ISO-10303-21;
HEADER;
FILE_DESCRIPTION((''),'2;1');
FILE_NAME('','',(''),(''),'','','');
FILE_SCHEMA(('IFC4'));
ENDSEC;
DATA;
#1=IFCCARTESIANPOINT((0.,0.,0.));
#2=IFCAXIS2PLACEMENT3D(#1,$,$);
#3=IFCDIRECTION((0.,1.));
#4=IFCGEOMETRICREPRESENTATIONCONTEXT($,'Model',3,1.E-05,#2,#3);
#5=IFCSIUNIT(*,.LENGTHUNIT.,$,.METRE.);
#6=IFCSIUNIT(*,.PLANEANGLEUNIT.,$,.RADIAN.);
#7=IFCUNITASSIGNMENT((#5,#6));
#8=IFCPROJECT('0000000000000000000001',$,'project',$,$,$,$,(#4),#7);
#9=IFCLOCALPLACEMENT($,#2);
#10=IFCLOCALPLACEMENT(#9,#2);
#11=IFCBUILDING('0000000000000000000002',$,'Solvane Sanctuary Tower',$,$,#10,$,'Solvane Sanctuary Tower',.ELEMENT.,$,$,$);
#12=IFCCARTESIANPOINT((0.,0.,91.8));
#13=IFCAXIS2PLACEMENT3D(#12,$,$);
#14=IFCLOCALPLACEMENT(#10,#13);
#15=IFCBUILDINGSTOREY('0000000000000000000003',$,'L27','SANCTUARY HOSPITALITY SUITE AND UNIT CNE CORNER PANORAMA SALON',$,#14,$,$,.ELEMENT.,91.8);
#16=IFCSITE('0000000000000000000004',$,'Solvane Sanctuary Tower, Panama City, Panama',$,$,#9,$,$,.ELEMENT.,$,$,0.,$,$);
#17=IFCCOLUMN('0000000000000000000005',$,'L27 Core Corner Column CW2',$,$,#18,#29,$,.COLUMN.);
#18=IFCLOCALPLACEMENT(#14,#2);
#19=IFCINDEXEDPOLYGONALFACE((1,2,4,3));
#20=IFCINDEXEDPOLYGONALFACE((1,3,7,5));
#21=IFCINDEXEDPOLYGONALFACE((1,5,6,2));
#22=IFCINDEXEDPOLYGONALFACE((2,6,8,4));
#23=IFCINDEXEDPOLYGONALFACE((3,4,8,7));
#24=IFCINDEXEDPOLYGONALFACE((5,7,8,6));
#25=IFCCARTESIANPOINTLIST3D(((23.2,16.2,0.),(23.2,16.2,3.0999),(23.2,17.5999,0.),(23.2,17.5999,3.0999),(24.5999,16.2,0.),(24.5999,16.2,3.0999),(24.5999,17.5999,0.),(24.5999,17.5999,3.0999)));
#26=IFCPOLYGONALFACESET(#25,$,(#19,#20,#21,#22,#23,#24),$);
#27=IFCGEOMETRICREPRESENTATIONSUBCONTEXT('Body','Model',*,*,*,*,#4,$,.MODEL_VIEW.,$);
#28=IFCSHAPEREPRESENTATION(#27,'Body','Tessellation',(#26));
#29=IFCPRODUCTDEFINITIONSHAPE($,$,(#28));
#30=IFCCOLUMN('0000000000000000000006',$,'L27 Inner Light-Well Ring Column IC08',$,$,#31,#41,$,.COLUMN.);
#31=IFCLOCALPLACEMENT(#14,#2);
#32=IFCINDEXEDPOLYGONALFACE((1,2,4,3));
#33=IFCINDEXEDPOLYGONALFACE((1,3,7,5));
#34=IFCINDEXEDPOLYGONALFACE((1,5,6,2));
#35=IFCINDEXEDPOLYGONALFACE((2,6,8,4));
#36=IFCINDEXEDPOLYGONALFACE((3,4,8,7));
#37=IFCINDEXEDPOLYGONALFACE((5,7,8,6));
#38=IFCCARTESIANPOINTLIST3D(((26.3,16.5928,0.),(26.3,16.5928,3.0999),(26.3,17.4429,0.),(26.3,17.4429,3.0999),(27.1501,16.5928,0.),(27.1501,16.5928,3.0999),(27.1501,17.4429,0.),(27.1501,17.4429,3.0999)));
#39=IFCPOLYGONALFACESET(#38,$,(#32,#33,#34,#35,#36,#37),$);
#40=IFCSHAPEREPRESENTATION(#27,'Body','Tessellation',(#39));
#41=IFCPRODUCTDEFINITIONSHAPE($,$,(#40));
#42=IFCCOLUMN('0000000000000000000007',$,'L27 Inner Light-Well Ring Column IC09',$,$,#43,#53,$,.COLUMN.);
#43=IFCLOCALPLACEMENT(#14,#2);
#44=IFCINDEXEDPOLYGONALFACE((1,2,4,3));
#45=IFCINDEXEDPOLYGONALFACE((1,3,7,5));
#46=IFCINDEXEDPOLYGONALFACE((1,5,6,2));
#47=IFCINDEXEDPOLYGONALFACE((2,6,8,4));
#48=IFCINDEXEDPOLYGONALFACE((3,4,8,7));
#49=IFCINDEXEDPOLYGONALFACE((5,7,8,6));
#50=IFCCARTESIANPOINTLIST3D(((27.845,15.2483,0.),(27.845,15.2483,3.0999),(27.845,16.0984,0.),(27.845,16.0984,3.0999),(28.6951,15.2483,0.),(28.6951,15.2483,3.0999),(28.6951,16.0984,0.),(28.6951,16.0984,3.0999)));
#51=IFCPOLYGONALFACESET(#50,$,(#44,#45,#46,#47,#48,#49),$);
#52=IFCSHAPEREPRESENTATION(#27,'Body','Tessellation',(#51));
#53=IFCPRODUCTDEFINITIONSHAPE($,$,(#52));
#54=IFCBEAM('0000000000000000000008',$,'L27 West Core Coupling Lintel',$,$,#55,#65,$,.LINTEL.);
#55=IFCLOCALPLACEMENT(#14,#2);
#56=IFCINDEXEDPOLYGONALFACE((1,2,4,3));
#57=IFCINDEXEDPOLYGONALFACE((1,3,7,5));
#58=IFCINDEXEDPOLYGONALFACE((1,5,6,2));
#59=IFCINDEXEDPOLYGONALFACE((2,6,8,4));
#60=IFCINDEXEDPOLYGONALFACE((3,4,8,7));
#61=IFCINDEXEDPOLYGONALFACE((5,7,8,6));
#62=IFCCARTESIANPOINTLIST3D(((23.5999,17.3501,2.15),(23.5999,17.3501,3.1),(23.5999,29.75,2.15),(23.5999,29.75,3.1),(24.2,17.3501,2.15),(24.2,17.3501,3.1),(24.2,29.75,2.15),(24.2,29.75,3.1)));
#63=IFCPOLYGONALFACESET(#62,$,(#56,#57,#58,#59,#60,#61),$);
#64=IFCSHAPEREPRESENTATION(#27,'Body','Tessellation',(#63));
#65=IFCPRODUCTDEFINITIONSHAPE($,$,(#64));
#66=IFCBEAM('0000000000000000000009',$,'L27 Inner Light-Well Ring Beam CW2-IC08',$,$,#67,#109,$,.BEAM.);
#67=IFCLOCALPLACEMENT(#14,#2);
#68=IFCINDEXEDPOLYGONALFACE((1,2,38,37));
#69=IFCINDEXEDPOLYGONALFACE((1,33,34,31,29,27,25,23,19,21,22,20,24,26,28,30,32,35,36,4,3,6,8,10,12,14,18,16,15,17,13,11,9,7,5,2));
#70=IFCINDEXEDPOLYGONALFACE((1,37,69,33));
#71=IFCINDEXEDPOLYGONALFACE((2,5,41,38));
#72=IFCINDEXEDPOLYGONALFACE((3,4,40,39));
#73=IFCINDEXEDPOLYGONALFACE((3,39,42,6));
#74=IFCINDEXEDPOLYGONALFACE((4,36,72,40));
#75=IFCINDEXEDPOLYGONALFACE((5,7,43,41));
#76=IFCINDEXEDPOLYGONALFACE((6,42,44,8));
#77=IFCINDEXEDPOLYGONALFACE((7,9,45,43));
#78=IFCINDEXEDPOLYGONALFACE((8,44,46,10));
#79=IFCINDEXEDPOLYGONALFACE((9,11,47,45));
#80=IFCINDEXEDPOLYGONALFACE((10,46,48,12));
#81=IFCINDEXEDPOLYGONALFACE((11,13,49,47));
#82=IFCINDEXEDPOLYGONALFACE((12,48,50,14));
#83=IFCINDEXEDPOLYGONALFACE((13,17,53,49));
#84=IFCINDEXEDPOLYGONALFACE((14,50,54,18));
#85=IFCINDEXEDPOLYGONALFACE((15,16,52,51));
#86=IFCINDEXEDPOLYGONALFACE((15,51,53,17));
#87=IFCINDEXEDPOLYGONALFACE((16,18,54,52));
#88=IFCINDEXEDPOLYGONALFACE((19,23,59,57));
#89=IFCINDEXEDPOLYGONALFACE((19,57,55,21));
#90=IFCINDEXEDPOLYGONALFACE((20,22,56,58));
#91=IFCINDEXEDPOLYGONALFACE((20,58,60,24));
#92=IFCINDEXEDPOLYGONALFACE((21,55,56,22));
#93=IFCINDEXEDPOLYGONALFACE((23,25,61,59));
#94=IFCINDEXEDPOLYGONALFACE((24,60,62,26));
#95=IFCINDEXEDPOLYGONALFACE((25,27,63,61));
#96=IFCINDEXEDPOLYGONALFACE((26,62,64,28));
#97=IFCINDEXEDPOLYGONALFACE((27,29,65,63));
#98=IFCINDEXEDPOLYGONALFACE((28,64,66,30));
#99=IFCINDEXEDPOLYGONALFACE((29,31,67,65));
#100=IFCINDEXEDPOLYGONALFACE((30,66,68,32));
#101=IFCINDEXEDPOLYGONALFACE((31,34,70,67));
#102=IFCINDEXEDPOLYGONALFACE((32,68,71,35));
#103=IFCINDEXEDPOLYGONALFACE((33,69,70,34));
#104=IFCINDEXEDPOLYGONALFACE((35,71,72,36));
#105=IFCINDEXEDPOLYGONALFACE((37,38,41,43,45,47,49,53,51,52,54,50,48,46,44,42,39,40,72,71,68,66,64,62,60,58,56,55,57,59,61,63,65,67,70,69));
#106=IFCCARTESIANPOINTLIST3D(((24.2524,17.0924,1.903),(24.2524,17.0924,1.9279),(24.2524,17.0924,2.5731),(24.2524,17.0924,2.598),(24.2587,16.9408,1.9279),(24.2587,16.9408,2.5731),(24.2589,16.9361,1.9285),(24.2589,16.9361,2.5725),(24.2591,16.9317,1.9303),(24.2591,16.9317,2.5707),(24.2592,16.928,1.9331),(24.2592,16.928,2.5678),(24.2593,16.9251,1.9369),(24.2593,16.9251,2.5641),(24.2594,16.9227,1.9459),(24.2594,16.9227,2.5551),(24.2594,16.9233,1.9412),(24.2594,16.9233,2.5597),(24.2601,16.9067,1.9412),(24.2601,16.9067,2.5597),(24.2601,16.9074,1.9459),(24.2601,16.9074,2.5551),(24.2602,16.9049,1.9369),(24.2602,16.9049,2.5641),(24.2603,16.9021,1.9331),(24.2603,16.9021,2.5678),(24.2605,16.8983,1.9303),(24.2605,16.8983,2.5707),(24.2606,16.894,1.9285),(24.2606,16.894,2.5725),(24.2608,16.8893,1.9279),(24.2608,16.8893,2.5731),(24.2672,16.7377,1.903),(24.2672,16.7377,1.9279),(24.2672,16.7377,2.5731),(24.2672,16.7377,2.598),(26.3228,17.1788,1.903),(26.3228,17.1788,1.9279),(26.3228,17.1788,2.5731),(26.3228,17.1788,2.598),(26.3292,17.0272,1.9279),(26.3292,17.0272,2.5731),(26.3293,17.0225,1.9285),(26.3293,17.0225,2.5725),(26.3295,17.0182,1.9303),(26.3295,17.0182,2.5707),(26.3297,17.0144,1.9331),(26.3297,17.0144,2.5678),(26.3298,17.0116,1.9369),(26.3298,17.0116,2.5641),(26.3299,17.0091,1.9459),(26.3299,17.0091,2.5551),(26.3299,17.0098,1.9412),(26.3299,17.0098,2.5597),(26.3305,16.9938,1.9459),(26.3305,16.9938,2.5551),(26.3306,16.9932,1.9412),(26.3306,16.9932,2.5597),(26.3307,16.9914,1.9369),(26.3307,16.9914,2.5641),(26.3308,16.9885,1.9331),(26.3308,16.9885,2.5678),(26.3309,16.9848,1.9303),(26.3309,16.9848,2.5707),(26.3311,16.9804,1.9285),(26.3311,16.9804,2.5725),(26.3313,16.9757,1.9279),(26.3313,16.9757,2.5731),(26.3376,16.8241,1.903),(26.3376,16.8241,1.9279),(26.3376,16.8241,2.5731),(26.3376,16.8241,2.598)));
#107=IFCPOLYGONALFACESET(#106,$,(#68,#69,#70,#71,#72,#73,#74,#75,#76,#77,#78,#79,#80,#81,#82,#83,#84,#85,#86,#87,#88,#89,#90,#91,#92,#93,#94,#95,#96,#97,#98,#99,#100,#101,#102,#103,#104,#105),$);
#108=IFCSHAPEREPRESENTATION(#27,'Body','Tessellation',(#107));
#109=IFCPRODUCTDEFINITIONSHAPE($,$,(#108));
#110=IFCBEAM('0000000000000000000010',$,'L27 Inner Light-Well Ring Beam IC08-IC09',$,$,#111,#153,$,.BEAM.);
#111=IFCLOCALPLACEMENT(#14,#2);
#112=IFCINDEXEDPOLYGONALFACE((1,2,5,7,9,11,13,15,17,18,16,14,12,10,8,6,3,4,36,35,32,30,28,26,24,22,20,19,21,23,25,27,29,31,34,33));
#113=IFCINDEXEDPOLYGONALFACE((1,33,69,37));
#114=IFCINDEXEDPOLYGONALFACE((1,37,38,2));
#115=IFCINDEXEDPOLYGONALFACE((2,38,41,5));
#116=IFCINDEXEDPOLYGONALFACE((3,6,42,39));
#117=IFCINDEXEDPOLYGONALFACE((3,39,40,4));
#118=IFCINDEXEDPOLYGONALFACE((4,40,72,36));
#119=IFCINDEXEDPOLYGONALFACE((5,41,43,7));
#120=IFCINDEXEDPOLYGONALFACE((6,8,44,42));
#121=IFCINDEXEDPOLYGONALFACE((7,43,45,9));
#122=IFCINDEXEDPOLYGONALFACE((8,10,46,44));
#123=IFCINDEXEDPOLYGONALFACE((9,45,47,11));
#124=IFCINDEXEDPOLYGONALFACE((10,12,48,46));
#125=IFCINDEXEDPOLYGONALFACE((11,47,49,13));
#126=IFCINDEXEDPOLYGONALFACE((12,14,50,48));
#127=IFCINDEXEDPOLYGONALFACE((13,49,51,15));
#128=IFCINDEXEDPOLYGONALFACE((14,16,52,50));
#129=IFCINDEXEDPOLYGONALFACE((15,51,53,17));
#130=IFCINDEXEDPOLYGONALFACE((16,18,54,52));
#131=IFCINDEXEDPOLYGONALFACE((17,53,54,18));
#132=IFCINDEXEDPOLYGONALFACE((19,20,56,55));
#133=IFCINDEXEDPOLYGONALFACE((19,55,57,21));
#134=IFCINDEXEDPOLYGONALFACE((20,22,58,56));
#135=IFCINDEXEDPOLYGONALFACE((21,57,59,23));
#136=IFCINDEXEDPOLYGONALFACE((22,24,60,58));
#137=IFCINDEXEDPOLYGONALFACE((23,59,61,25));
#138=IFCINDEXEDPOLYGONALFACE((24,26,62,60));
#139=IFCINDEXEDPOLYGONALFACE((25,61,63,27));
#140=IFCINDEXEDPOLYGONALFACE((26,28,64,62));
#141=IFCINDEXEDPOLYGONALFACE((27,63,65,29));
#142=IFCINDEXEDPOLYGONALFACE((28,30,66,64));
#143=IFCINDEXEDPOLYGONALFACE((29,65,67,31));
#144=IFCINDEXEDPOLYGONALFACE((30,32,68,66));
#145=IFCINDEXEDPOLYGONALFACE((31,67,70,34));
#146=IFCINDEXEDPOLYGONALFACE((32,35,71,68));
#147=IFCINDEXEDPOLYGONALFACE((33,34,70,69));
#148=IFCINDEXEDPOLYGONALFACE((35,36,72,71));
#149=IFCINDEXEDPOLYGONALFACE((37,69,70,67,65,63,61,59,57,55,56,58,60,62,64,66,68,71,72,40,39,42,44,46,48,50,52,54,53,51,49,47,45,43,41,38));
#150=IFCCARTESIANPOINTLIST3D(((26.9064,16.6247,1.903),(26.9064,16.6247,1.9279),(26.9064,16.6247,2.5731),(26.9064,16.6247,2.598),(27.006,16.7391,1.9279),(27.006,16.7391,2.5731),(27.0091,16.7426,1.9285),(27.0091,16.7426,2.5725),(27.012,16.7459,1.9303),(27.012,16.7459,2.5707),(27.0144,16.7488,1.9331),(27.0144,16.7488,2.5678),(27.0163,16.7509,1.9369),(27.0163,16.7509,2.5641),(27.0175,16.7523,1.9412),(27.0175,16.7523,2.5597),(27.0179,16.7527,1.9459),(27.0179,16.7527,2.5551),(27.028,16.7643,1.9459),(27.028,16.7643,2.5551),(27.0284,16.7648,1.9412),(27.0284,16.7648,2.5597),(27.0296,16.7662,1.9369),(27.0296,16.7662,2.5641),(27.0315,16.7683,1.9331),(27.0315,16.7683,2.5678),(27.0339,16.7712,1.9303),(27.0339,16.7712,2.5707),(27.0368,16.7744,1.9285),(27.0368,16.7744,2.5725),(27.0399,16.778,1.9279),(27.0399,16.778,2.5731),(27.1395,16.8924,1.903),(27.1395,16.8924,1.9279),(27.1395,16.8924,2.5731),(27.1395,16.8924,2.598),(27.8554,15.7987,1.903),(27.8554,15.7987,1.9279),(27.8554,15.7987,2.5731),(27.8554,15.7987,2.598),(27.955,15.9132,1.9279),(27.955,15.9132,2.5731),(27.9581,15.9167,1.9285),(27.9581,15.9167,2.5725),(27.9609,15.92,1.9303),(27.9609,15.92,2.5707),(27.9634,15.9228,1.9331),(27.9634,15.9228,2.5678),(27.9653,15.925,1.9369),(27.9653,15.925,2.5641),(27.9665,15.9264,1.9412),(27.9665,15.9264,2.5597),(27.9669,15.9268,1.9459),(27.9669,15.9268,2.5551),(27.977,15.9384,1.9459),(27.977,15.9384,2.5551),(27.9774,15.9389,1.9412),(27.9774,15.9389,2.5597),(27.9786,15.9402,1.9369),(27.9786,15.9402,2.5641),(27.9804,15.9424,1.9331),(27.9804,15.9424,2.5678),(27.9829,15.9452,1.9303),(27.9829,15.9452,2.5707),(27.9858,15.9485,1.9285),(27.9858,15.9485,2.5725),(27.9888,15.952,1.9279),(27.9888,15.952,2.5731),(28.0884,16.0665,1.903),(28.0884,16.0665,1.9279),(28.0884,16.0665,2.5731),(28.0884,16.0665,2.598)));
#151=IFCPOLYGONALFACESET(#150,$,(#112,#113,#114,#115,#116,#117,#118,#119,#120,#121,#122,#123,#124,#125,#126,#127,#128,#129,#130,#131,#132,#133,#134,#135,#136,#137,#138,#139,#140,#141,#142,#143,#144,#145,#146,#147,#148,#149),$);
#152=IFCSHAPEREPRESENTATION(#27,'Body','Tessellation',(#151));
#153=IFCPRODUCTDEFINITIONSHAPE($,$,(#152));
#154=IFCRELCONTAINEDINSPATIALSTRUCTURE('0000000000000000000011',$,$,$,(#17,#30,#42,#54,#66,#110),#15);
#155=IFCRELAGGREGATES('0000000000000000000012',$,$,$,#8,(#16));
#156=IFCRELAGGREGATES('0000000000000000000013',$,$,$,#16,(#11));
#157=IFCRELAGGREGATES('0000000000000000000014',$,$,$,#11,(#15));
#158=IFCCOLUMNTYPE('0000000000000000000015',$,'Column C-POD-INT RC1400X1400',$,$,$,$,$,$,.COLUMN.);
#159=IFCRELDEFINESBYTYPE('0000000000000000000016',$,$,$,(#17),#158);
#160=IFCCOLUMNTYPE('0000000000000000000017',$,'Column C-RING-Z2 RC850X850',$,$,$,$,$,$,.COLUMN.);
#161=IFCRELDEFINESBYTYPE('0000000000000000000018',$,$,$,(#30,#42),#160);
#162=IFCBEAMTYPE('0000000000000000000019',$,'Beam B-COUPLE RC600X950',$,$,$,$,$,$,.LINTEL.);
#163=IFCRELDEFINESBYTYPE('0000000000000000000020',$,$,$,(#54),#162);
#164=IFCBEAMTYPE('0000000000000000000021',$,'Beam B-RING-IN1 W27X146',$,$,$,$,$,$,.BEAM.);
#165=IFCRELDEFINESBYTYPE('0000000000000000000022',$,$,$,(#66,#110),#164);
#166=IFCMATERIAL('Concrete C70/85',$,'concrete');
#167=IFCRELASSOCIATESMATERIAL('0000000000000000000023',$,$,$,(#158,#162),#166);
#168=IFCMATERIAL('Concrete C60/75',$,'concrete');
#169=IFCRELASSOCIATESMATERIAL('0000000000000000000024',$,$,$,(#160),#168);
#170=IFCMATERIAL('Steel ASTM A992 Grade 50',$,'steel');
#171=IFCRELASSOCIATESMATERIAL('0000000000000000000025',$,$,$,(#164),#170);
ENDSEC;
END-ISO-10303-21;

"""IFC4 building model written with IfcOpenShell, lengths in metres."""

from ifc_helpers import new_model, si_unit, direction, frame, origin, origin_2d, place, context, subcontext, project, spatial, rectangle, i_section, extrude, material, material_profile, profile_set, type_object, element, save


model = new_model("IFC4")

# Units and contexts
model_context = context("Model", 3, precision=1e-05, world=origin(), true_north=direction((0.0, 1.0)))
body_context = subcontext(model_context, "Body", "Model", "MODEL_VIEW")
ifc_project = project(units=[si_unit("LENGTHUNIT", "METRE"), si_unit("PLANEANGLEUNIT", "RADIAN")], contexts=[model_context])

# Site, building, storey
site_placement = place(None, origin())
site = spatial("IfcSite", under=ifc_project, at=site_placement, Name="Solvane Sanctuary Tower, Panama City, Panama", CompositionType="ELEMENT", RefElevation=0.0)
building_placement = place(site_placement, origin())
building = spatial("IfcBuilding", under=site, at=building_placement, Name="Solvane Sanctuary Tower", LongName="Solvane Sanctuary Tower", CompositionType="ELEMENT")
storey_placement = place(building_placement, frame((0.0, 0.0, 91.8)))
storey = spatial("IfcBuildingStorey", under=building, at=storey_placement, Name="L27", Description="SANCTUARY HOSPITALITY SUITE AND UNIT CNE CORNER PANORAMA SALON", CompositionType="ELEMENT", Elevation=91.8)

# Columns
ifc_material_1 = material(Name="Concrete C70/85", Category="concrete")
ifc_material_profile_1 = material_profile(ifc_material_1, rectangle(XDim=1.3999, YDim=1.3999, at=origin_2d()), Name="RC1400X1400")
ifc_profile_set_1 = profile_set([ifc_material_profile_1], Name="Concrete C70/85")
column_type_1 = type_object("IfcColumnType", Name="Column C-POD-INT RC1400X1400", PredefinedType="COLUMN", material=ifc_profile_set_1)
column_placement = place(storey_placement, frame((23.8999, 16.8999, 0.0), z_axis=(0.0, 0.0, 1.0), x_axis=(1.0, 0.0, 0.0)))
element("IfcColumn", 1, at=column_placement, inside=storey, type_object=column_type_1, Name="L27 Core Corner Column CW2", PredefinedType="COLUMN", context=body_context, shape_type="SweptSolid", body=[
    extrude(rectangle(XDim=1.3999, YDim=1.3999, at=origin_2d()), origin(), (0.0, 0.0, 1.0), 3.0999),
])
ifc_material_2 = material(Name="Concrete C60/75", Category="concrete")
ifc_material_profile_2 = material_profile(ifc_material_2, rectangle(XDim=0.8501, YDim=0.8501, at=origin_2d()), Name="RC850X850")
ifc_profile_set_2 = profile_set([ifc_material_profile_2], Name="Concrete C60/75")
column_type_2 = type_object("IfcColumnType", Name="Column C-RING-Z2 RC850X850", PredefinedType="COLUMN", material=ifc_profile_set_2)
for number, where, z_axis, x_axis, name in (
    (2, (26.7251, 17.0178, 0.0), (0.0, 0.0, 1.0), (1.0, 0.0, 0.0), "L27 Inner Light-Well Ring Column IC08"),
    (3, (28.27, 15.6733, 0.0), (0.0, 0.0, 1.0), (1.0, 0.0, 0.0), "L27 Inner Light-Well Ring Column IC09"),
):
    element("IfcColumn", number, at=place(storey_placement, frame(where, z_axis=z_axis, x_axis=x_axis)), inside=storey, type_object=column_type_2, Name=name, PredefinedType="COLUMN", context=body_context, shape_type="SweptSolid", body=[
        extrude(rectangle(XDim=0.8501, YDim=0.8501, at=origin_2d()), origin(), (0.0, 0.0, 1.0), 3.0999),
    ])

# Beams
ifc_material_profile_3 = material_profile(ifc_material_1, rectangle(XDim=0.6001, YDim=0.95, at=origin_2d()), Name="RC600X950")
ifc_profile_set_3 = profile_set([ifc_material_profile_3], Name="Concrete C70/85")
beam_type_1 = type_object("IfcBeamType", Name="Beam B-COUPLE RC600X950", PredefinedType="LINTEL", material=ifc_profile_set_3)
beam_1_placement = place(storey_placement, frame((23.8999, 17.3501, 2.625), z_axis=(0.0, 1.0, 0.0), x_axis=(-1.0, 0.0, 0.0)))
element("IfcBeam", 4, at=beam_1_placement, inside=storey, type_object=beam_type_1, Name="L27 West Core Coupling Lintel", PredefinedType="LINTEL", context=body_context, shape_type="SweptSolid", body=[
    extrude(rectangle(XDim=0.6001, YDim=0.95, at=origin_2d()), origin(), (0.0, 0.0, 1.0), 12.3999),
])
ifc_material_3 = material(Name="Steel ASTM A992 Grade 50", Category="steel")
ifc_material_profile_4 = material_profile(ifc_material_3, i_section(OverallWidth=0.355, OverallDepth=0.6951, WebThickness=0.0154, FlangeThickness=0.0249, FilletRadius=0.0181, at=origin_2d()), Name="W27X146")
ifc_profile_set_4 = profile_set([ifc_material_profile_4], Name="Steel ASTM A992 Grade 50")
beam_type_2 = type_object("IfcBeamType", Name="Beam B-RING-IN1 W27X146", PredefinedType="BEAM", material=ifc_profile_set_4)
beam_2_placement = place(storey_placement, frame((24.2598, 16.915, 2.2505), z_axis=(0.99913, 0.041704, 0.0), x_axis=(-0.041704, 0.99913, 0.0)))
element("IfcBeam", 5, at=beam_2_placement, inside=storey, type_object=beam_type_2, Name="L27 Inner Light-Well Ring Beam CW2-IC08", PredefinedType="BEAM", context=body_context, shape_type="SweptSolid", body=[
    extrude(i_section(OverallWidth=0.355, OverallDepth=0.6951, WebThickness=0.0154, FlangeThickness=0.0249, FilletRadius=0.0181, at=origin_2d()), origin(), (0.0, 0.0, 1.0), 2.0723),
])
beam_3_placement = place(storey_placement, frame((27.0229, 16.7585, 2.2505), z_axis=(0.754317, -0.65651, 0.0), x_axis=(0.65651, 0.754317, 0.0)))
element("IfcBeam", 6, at=beam_3_placement, inside=storey, type_object=beam_type_2, Name="L27 Inner Light-Well Ring Beam IC08-IC09", PredefinedType="BEAM", context=body_context, shape_type="SweptSolid", body=[
    extrude(i_section(OverallWidth=0.355, OverallDepth=0.6951, WebThickness=0.0154, FlangeThickness=0.0249, FilletRadius=0.0181, at=origin_2d()), origin(), (0.0, 0.0, 1.0), 1.2581),
])

save(model, "model.ifc")
